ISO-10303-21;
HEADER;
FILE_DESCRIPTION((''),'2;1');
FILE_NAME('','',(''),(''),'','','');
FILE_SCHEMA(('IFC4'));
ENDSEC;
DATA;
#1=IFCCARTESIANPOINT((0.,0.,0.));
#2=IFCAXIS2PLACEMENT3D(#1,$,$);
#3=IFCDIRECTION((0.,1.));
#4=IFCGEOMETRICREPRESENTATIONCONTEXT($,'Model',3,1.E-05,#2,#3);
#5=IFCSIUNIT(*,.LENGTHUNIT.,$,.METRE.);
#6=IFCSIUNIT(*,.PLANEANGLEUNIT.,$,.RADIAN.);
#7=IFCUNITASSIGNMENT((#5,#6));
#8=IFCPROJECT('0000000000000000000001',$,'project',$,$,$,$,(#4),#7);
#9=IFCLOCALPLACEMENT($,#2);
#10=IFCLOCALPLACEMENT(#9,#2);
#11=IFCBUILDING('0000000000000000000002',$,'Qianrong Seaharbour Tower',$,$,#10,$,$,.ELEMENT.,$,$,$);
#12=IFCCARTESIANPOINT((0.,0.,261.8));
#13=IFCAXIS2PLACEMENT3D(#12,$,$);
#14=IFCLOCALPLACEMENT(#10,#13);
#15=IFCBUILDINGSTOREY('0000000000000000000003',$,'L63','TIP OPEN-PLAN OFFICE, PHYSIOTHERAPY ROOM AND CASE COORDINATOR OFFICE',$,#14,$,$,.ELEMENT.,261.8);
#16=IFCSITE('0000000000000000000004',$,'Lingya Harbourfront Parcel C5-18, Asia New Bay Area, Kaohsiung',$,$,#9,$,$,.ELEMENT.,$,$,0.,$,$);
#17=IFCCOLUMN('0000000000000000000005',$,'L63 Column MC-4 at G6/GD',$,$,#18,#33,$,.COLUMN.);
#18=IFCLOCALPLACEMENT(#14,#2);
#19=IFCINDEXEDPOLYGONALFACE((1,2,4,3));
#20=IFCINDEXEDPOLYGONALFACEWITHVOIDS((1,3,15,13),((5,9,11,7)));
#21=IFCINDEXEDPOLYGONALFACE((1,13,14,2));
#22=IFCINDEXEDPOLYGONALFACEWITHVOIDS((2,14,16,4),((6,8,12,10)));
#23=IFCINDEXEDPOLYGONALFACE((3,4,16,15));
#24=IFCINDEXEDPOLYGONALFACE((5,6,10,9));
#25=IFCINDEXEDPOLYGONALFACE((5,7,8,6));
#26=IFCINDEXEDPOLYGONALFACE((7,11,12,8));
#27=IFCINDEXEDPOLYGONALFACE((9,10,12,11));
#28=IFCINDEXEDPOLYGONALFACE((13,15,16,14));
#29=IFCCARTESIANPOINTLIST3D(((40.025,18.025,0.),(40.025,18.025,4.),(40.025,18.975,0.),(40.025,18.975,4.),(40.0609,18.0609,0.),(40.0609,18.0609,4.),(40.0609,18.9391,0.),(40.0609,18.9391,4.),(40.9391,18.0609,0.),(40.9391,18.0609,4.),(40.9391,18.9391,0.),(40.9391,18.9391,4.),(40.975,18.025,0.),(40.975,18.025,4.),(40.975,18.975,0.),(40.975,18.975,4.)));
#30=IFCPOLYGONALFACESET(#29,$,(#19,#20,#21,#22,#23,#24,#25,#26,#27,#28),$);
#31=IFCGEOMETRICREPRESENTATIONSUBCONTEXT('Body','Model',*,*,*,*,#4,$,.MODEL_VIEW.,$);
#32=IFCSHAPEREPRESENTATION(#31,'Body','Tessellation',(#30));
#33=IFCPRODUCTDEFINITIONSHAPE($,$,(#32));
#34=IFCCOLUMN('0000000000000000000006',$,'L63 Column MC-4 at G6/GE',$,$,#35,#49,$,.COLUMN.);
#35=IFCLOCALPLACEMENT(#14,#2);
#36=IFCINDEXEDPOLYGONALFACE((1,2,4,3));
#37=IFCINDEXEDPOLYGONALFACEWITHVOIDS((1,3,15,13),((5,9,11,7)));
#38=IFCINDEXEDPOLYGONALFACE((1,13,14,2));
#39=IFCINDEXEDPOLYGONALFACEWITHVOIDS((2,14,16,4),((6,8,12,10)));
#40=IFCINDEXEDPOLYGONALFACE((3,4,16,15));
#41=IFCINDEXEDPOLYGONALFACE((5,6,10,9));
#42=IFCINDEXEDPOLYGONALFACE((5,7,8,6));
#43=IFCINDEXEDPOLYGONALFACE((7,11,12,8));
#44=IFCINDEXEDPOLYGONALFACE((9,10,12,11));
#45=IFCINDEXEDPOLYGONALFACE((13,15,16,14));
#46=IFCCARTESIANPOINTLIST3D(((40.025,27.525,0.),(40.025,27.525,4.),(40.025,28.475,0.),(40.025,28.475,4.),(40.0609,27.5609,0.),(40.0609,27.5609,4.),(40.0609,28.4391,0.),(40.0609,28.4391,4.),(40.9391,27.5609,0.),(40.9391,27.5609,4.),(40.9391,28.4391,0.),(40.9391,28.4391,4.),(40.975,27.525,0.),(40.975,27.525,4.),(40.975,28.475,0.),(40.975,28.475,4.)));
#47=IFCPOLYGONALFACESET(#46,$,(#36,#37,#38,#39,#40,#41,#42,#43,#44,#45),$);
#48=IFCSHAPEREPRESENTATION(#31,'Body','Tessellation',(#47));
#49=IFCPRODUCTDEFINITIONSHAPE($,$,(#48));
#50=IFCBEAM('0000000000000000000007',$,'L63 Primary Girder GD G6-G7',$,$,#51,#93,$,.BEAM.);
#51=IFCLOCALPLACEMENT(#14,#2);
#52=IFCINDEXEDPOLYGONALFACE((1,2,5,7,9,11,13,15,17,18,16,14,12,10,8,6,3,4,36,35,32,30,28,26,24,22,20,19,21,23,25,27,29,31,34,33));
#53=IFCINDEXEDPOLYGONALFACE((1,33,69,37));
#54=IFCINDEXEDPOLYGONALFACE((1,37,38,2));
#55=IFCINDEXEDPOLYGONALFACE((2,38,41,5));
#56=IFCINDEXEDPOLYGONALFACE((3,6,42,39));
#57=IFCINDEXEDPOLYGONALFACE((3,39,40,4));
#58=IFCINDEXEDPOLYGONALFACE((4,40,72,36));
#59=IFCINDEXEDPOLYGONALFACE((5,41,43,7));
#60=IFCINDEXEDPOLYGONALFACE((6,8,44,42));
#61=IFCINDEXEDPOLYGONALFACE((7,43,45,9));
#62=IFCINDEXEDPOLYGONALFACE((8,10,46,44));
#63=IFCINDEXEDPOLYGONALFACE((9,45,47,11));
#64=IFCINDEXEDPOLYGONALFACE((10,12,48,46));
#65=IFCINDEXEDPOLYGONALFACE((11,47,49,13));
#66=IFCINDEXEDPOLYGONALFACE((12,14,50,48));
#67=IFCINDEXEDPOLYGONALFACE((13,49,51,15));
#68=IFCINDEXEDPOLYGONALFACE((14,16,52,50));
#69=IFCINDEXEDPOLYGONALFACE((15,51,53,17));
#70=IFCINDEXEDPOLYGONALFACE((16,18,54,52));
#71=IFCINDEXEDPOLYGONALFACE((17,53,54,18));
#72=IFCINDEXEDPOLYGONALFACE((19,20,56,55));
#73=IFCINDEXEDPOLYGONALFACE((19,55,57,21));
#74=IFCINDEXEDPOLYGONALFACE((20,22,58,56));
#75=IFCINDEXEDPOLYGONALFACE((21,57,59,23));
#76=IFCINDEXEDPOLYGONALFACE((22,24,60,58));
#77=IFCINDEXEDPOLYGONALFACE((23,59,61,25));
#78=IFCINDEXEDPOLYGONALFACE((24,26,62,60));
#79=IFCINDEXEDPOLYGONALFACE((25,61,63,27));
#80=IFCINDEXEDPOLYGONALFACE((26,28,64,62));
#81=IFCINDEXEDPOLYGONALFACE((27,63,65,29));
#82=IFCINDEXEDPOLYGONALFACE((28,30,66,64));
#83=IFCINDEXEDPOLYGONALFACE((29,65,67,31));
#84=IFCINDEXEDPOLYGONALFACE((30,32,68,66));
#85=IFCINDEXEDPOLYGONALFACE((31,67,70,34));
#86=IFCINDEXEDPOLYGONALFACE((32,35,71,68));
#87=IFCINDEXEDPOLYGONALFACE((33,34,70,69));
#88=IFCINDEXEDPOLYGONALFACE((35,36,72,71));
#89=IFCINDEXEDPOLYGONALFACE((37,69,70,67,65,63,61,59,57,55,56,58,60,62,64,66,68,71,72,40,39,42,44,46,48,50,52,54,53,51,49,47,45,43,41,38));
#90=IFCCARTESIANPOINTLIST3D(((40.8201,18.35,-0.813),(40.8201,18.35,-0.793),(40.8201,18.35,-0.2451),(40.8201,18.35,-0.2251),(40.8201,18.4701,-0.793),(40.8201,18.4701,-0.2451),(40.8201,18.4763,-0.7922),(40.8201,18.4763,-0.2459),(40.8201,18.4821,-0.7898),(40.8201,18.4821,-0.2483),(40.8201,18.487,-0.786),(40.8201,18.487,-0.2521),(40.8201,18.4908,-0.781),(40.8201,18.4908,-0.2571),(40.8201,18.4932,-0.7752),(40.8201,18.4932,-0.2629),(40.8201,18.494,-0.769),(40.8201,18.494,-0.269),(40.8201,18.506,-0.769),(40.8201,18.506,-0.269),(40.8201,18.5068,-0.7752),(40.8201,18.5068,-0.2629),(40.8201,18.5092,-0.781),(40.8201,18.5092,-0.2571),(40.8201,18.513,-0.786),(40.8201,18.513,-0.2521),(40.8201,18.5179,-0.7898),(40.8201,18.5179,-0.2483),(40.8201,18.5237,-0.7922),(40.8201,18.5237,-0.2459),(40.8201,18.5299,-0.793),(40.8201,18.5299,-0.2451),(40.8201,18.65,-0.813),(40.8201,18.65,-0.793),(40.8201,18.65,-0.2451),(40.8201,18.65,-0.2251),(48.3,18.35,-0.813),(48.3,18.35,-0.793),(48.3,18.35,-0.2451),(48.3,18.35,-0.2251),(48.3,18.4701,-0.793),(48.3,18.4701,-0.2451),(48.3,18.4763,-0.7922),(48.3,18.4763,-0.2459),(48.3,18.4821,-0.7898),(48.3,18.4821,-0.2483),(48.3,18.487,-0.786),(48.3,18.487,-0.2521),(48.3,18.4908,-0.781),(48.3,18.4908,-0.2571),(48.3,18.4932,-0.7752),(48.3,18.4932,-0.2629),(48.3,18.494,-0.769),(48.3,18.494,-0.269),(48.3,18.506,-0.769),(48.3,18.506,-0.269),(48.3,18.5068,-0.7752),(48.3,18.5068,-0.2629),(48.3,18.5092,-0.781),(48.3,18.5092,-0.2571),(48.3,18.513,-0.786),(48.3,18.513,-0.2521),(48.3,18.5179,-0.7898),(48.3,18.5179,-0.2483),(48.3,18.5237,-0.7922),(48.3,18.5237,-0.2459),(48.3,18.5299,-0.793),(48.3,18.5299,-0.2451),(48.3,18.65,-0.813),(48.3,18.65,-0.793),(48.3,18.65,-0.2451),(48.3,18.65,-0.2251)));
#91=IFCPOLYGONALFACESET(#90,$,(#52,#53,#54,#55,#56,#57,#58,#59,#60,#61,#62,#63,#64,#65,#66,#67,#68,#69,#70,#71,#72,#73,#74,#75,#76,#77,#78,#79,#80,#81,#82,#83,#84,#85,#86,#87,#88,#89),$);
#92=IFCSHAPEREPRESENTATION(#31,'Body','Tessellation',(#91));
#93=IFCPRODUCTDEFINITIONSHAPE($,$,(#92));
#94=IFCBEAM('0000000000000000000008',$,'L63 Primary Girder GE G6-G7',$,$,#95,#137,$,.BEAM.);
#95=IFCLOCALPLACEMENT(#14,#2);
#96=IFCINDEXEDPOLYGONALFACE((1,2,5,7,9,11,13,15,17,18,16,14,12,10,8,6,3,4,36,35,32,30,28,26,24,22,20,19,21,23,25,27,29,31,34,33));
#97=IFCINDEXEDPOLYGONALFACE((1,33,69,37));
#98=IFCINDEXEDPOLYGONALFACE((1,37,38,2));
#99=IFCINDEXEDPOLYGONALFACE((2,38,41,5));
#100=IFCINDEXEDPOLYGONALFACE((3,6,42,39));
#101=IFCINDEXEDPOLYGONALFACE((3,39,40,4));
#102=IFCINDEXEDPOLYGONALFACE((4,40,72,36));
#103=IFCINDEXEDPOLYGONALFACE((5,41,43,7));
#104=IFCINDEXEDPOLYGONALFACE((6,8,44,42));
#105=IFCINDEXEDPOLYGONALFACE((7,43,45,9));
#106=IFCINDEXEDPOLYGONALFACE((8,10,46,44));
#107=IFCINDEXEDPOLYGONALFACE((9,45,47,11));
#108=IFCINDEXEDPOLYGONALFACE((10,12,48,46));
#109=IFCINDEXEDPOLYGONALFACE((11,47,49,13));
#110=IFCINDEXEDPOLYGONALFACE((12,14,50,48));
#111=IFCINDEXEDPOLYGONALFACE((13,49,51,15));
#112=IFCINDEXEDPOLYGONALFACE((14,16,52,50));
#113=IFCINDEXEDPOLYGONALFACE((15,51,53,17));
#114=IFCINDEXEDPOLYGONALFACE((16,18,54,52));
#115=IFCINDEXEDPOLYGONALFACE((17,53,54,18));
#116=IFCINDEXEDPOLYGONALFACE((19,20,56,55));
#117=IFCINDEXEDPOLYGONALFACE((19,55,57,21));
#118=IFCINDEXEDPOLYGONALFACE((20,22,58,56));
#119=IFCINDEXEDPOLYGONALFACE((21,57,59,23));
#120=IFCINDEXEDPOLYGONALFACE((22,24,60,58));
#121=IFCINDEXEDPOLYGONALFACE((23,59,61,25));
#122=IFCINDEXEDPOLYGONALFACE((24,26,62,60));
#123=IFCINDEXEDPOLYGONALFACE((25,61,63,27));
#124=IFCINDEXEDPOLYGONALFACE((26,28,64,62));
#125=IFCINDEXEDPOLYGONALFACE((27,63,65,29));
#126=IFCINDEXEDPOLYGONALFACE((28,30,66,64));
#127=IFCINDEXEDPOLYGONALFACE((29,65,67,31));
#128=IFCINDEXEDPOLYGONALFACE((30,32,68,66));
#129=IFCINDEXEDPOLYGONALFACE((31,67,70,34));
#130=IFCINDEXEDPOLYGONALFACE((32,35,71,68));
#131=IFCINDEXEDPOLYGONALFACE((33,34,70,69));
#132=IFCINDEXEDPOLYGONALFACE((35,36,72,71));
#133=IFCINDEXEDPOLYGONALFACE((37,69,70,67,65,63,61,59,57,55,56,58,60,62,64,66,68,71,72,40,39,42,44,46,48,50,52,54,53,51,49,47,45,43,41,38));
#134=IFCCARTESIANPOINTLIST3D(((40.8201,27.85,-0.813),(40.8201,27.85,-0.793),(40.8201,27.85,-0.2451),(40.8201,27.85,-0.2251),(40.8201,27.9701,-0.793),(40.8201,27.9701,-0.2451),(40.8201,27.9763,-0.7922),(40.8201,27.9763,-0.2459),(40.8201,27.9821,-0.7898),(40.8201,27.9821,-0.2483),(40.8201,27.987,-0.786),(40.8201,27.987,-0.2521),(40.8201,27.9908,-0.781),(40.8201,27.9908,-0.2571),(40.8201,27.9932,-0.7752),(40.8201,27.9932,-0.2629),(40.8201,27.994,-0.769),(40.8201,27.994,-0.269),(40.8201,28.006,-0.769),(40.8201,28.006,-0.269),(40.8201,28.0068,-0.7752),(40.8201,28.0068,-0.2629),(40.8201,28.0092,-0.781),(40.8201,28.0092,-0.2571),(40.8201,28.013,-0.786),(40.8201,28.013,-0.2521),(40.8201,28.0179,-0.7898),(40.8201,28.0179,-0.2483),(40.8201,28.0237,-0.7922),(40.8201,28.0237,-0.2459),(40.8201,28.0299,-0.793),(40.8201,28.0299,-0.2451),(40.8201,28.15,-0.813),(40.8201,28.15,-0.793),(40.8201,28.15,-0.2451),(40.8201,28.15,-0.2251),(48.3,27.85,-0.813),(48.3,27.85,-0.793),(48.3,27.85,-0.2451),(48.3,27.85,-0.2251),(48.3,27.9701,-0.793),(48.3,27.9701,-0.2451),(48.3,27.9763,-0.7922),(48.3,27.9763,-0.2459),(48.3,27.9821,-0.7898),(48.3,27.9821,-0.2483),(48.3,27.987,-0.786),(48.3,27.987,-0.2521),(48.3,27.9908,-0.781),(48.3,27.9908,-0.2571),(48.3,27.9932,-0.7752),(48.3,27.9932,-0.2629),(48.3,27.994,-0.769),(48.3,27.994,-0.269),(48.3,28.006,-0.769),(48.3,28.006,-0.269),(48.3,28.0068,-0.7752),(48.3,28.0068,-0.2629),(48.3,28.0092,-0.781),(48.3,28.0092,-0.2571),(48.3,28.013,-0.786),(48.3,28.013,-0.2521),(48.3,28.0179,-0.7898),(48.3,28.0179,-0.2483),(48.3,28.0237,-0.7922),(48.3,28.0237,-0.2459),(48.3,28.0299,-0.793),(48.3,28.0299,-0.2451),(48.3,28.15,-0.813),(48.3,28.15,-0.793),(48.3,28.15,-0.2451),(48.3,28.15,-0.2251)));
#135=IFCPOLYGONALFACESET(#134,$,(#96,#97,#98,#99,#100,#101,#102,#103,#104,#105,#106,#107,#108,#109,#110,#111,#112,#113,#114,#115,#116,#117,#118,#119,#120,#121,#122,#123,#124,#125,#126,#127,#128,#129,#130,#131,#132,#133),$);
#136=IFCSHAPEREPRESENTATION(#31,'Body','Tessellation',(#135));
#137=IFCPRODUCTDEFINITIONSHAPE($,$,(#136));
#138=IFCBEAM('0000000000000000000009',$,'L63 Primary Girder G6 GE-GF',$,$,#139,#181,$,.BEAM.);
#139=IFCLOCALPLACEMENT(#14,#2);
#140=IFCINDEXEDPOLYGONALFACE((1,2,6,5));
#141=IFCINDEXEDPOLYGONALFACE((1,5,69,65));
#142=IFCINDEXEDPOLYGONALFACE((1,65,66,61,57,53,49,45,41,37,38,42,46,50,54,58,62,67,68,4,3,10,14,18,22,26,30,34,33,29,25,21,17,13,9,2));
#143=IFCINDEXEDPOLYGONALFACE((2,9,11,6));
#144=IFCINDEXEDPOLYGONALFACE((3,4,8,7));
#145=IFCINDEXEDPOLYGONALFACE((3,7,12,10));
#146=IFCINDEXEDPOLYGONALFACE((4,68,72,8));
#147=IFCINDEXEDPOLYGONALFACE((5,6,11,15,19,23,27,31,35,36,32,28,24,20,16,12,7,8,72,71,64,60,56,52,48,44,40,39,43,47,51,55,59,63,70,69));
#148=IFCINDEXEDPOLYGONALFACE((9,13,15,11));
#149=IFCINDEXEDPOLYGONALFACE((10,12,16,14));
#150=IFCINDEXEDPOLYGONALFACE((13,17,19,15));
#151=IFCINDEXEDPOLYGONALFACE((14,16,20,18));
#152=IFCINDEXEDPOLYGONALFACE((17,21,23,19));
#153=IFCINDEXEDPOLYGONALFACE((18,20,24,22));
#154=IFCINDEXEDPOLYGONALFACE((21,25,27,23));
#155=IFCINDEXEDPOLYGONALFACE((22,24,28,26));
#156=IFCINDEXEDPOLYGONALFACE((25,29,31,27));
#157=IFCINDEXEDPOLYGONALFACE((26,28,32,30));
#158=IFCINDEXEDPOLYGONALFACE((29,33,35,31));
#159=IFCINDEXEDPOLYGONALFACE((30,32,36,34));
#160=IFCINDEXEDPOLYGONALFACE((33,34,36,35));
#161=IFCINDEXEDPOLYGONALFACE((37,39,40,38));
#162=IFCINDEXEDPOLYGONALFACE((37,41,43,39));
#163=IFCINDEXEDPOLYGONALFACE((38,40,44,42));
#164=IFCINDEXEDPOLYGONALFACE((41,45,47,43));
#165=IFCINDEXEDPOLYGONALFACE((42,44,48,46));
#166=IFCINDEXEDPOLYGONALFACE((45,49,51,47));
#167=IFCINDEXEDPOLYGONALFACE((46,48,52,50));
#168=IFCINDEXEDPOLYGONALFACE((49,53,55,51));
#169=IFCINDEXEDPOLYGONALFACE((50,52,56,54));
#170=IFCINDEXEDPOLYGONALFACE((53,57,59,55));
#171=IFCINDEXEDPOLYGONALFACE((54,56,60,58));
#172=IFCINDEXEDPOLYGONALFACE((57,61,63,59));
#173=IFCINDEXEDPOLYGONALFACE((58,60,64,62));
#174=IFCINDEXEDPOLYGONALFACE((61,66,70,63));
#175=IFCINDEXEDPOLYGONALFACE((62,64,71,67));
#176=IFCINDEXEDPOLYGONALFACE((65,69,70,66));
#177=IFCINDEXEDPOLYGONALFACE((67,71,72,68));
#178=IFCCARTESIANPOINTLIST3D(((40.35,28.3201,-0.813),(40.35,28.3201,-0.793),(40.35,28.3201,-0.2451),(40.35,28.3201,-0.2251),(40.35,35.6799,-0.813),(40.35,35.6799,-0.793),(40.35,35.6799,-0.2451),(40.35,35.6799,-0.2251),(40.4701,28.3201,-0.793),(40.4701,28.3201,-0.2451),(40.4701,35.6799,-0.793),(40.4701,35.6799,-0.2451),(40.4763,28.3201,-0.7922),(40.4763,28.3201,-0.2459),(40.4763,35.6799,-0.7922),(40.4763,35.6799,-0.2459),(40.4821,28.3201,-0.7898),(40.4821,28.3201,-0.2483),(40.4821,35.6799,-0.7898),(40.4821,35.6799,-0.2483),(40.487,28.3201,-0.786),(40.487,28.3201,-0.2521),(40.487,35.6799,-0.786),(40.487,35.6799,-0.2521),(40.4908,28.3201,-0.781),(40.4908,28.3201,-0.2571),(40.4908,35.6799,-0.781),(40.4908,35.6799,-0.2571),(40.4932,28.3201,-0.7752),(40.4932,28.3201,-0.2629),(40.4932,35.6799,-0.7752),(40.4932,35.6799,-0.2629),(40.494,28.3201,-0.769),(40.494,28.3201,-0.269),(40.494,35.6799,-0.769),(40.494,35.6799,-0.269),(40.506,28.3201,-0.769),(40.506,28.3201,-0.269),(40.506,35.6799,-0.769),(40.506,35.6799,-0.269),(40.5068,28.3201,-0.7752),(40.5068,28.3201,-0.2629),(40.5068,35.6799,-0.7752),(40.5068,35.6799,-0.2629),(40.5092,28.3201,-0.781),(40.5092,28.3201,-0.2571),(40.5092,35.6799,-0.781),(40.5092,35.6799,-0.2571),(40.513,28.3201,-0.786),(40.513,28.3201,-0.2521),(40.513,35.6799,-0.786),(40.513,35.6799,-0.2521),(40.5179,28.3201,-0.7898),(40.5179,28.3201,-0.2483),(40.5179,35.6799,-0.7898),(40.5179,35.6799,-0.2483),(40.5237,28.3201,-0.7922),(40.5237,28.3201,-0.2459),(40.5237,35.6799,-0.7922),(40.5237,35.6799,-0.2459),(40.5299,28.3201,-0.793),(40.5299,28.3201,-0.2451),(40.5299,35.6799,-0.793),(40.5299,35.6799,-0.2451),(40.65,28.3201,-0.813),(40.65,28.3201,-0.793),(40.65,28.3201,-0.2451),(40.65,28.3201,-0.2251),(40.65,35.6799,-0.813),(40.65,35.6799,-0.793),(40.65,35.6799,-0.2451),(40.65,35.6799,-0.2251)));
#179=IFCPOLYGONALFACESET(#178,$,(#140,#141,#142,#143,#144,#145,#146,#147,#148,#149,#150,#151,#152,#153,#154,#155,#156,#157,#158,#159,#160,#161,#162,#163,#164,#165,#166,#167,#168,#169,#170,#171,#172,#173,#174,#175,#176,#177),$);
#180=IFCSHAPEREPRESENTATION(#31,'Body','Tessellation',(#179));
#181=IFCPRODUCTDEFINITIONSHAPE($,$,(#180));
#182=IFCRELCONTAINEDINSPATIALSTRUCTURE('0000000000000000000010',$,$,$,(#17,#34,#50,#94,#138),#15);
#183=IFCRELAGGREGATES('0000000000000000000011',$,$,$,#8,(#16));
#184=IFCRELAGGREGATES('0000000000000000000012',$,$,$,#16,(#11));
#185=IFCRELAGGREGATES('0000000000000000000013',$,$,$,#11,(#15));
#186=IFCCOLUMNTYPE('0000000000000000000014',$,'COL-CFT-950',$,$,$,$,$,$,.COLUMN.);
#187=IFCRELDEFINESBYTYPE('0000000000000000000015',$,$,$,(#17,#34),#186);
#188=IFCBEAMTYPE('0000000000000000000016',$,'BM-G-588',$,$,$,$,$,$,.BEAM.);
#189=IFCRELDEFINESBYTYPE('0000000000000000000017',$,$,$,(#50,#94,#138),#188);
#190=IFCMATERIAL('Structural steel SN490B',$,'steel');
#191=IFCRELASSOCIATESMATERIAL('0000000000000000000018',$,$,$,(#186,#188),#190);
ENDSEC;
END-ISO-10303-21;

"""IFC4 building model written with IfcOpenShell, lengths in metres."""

from ifc_helpers import new_model, si_unit, direction, frame, origin, origin_2d, place, context, subcontext, project, spatial, hollow_rectangle, i_section, extrude, material, material_profile, profile_set, type_object, element, save


model = new_model("IFC4")

# Units and contexts
model_context = context("Model", 3, precision=1e-05, world=origin(), true_north=direction((0.0, 1.0)))
body_context = subcontext(model_context, "Body", "Model", "MODEL_VIEW")
ifc_project = project(units=[si_unit("LENGTHUNIT", "METRE"), si_unit("PLANEANGLEUNIT", "RADIAN")], contexts=[model_context])

# Site, building, storey
site_placement = place(None, origin())
site = spatial("IfcSite", under=ifc_project, at=site_placement, Name="Lingya Harbourfront Parcel C5-18, Asia New Bay Area, Kaohsiung", CompositionType="ELEMENT", RefElevation=0.0)
building_placement = place(site_placement, origin())
building = spatial("IfcBuilding", under=site, at=building_placement, Name="Qianrong Seaharbour Tower", CompositionType="ELEMENT")
storey_placement = place(building_placement, frame((0.0, 0.0, 261.8)))
storey = spatial("IfcBuildingStorey", under=building, at=storey_placement, Name="L63", Description="TIP OPEN-PLAN OFFICE, PHYSIOTHERAPY ROOM AND CASE COORDINATOR OFFICE", CompositionType="ELEMENT", Elevation=261.8)

# Columns
ifc_material_1 = material(Name="Structural steel SN490B", Category="steel")
ifc_material_profile_1 = material_profile(ifc_material_1, hollow_rectangle(XDim=0.95, YDim=0.95, WallThickness=0.0359, at=origin_2d()), Name="BOX950x950x36")
ifc_profile_set_1 = profile_set([ifc_material_profile_1], Name="Structural steel SN490B")
column_type = type_object("IfcColumnType", Name="COL-CFT-950", PredefinedType="COLUMN", material=ifc_profile_set_1)
for number, where, z_axis, x_axis, name in (
    (1, (40.5, 18.5, 0.0), (0.0, 0.0, 1.0), (1.0, 0.0, 0.0), "L63 Column MC-4 at G6/GD"),
    (2, (40.5, 28.0, 0.0), (0.0, 0.0, 1.0), (1.0, 0.0, 0.0), "L63 Column MC-4 at G6/GE"),
):
    element("IfcColumn", number, at=place(storey_placement, frame(where, z_axis=z_axis, x_axis=x_axis)), inside=storey, type_object=column_type, Name=name, PredefinedType="COLUMN", context=body_context, shape_type="SweptSolid", body=[
        extrude(hollow_rectangle(XDim=0.95, YDim=0.95, WallThickness=0.0359, at=origin_2d()), origin(), (0.0, 0.0, 1.0), 4.0),
    ])

# Beams
ifc_material_profile_2 = material_profile(ifc_material_1, i_section(OverallWidth=0.3, OverallDepth=0.5879, WebThickness=0.012, FlangeThickness=0.02, FilletRadius=0.0239, at=origin_2d()), Name="H588x300x12x20")
ifc_profile_set_2 = profile_set([ifc_material_profile_2], Name="Structural steel SN490B")
beam_type_1 = type_object("IfcBeamType", Name="BM-G-588", PredefinedType="BEAM", material=ifc_profile_set_2)
for number, where, z_axis, x_axis, name in (
    (3, (40.8201, 18.5, -0.519), (1.0, 0.0, 0.0), (0.0, 1.0, 0.0), "L63 Primary Girder GD G6-G7"),
    (4, (40.8201, 28.0, -0.519), (1.0, 0.0, 0.0), (0.0, 1.0, 0.0), "L63 Primary Girder GE G6-G7"),
):
    element("IfcBeam", number, at=place(storey_placement, frame(where, z_axis=z_axis, x_axis=x_axis)), inside=storey, type_object=beam_type_1, Name=name, PredefinedType="BEAM", context=body_context, shape_type="SweptSolid", body=[
        extrude(i_section(OverallWidth=0.3, OverallDepth=0.5879, WebThickness=0.012, FlangeThickness=0.02, FilletRadius=0.0239, at=origin_2d()), origin(), (0.0, 0.0, 1.0), 7.48),
    ])
beam_1_placement = place(storey_placement, frame((40.5, 28.3201, -0.519), z_axis=(0.0, 1.0, 0.0), x_axis=(-1.0, 0.0, 0.0)))
element("IfcBeam", 5, at=beam_1_placement, inside=storey, type_object=beam_type_1, Name="L63 Primary Girder G6 GE-GF", PredefinedType="BEAM", context=body_context, shape_type="SweptSolid", body=[
    extrude(i_section(OverallWidth=0.3, OverallDepth=0.5879, WebThickness=0.012, FlangeThickness=0.02, FilletRadius=0.0239, at=origin_2d()), origin(), (0.0, 0.0, 1.0), 7.3599),
])

save(model, "model.ifc")
